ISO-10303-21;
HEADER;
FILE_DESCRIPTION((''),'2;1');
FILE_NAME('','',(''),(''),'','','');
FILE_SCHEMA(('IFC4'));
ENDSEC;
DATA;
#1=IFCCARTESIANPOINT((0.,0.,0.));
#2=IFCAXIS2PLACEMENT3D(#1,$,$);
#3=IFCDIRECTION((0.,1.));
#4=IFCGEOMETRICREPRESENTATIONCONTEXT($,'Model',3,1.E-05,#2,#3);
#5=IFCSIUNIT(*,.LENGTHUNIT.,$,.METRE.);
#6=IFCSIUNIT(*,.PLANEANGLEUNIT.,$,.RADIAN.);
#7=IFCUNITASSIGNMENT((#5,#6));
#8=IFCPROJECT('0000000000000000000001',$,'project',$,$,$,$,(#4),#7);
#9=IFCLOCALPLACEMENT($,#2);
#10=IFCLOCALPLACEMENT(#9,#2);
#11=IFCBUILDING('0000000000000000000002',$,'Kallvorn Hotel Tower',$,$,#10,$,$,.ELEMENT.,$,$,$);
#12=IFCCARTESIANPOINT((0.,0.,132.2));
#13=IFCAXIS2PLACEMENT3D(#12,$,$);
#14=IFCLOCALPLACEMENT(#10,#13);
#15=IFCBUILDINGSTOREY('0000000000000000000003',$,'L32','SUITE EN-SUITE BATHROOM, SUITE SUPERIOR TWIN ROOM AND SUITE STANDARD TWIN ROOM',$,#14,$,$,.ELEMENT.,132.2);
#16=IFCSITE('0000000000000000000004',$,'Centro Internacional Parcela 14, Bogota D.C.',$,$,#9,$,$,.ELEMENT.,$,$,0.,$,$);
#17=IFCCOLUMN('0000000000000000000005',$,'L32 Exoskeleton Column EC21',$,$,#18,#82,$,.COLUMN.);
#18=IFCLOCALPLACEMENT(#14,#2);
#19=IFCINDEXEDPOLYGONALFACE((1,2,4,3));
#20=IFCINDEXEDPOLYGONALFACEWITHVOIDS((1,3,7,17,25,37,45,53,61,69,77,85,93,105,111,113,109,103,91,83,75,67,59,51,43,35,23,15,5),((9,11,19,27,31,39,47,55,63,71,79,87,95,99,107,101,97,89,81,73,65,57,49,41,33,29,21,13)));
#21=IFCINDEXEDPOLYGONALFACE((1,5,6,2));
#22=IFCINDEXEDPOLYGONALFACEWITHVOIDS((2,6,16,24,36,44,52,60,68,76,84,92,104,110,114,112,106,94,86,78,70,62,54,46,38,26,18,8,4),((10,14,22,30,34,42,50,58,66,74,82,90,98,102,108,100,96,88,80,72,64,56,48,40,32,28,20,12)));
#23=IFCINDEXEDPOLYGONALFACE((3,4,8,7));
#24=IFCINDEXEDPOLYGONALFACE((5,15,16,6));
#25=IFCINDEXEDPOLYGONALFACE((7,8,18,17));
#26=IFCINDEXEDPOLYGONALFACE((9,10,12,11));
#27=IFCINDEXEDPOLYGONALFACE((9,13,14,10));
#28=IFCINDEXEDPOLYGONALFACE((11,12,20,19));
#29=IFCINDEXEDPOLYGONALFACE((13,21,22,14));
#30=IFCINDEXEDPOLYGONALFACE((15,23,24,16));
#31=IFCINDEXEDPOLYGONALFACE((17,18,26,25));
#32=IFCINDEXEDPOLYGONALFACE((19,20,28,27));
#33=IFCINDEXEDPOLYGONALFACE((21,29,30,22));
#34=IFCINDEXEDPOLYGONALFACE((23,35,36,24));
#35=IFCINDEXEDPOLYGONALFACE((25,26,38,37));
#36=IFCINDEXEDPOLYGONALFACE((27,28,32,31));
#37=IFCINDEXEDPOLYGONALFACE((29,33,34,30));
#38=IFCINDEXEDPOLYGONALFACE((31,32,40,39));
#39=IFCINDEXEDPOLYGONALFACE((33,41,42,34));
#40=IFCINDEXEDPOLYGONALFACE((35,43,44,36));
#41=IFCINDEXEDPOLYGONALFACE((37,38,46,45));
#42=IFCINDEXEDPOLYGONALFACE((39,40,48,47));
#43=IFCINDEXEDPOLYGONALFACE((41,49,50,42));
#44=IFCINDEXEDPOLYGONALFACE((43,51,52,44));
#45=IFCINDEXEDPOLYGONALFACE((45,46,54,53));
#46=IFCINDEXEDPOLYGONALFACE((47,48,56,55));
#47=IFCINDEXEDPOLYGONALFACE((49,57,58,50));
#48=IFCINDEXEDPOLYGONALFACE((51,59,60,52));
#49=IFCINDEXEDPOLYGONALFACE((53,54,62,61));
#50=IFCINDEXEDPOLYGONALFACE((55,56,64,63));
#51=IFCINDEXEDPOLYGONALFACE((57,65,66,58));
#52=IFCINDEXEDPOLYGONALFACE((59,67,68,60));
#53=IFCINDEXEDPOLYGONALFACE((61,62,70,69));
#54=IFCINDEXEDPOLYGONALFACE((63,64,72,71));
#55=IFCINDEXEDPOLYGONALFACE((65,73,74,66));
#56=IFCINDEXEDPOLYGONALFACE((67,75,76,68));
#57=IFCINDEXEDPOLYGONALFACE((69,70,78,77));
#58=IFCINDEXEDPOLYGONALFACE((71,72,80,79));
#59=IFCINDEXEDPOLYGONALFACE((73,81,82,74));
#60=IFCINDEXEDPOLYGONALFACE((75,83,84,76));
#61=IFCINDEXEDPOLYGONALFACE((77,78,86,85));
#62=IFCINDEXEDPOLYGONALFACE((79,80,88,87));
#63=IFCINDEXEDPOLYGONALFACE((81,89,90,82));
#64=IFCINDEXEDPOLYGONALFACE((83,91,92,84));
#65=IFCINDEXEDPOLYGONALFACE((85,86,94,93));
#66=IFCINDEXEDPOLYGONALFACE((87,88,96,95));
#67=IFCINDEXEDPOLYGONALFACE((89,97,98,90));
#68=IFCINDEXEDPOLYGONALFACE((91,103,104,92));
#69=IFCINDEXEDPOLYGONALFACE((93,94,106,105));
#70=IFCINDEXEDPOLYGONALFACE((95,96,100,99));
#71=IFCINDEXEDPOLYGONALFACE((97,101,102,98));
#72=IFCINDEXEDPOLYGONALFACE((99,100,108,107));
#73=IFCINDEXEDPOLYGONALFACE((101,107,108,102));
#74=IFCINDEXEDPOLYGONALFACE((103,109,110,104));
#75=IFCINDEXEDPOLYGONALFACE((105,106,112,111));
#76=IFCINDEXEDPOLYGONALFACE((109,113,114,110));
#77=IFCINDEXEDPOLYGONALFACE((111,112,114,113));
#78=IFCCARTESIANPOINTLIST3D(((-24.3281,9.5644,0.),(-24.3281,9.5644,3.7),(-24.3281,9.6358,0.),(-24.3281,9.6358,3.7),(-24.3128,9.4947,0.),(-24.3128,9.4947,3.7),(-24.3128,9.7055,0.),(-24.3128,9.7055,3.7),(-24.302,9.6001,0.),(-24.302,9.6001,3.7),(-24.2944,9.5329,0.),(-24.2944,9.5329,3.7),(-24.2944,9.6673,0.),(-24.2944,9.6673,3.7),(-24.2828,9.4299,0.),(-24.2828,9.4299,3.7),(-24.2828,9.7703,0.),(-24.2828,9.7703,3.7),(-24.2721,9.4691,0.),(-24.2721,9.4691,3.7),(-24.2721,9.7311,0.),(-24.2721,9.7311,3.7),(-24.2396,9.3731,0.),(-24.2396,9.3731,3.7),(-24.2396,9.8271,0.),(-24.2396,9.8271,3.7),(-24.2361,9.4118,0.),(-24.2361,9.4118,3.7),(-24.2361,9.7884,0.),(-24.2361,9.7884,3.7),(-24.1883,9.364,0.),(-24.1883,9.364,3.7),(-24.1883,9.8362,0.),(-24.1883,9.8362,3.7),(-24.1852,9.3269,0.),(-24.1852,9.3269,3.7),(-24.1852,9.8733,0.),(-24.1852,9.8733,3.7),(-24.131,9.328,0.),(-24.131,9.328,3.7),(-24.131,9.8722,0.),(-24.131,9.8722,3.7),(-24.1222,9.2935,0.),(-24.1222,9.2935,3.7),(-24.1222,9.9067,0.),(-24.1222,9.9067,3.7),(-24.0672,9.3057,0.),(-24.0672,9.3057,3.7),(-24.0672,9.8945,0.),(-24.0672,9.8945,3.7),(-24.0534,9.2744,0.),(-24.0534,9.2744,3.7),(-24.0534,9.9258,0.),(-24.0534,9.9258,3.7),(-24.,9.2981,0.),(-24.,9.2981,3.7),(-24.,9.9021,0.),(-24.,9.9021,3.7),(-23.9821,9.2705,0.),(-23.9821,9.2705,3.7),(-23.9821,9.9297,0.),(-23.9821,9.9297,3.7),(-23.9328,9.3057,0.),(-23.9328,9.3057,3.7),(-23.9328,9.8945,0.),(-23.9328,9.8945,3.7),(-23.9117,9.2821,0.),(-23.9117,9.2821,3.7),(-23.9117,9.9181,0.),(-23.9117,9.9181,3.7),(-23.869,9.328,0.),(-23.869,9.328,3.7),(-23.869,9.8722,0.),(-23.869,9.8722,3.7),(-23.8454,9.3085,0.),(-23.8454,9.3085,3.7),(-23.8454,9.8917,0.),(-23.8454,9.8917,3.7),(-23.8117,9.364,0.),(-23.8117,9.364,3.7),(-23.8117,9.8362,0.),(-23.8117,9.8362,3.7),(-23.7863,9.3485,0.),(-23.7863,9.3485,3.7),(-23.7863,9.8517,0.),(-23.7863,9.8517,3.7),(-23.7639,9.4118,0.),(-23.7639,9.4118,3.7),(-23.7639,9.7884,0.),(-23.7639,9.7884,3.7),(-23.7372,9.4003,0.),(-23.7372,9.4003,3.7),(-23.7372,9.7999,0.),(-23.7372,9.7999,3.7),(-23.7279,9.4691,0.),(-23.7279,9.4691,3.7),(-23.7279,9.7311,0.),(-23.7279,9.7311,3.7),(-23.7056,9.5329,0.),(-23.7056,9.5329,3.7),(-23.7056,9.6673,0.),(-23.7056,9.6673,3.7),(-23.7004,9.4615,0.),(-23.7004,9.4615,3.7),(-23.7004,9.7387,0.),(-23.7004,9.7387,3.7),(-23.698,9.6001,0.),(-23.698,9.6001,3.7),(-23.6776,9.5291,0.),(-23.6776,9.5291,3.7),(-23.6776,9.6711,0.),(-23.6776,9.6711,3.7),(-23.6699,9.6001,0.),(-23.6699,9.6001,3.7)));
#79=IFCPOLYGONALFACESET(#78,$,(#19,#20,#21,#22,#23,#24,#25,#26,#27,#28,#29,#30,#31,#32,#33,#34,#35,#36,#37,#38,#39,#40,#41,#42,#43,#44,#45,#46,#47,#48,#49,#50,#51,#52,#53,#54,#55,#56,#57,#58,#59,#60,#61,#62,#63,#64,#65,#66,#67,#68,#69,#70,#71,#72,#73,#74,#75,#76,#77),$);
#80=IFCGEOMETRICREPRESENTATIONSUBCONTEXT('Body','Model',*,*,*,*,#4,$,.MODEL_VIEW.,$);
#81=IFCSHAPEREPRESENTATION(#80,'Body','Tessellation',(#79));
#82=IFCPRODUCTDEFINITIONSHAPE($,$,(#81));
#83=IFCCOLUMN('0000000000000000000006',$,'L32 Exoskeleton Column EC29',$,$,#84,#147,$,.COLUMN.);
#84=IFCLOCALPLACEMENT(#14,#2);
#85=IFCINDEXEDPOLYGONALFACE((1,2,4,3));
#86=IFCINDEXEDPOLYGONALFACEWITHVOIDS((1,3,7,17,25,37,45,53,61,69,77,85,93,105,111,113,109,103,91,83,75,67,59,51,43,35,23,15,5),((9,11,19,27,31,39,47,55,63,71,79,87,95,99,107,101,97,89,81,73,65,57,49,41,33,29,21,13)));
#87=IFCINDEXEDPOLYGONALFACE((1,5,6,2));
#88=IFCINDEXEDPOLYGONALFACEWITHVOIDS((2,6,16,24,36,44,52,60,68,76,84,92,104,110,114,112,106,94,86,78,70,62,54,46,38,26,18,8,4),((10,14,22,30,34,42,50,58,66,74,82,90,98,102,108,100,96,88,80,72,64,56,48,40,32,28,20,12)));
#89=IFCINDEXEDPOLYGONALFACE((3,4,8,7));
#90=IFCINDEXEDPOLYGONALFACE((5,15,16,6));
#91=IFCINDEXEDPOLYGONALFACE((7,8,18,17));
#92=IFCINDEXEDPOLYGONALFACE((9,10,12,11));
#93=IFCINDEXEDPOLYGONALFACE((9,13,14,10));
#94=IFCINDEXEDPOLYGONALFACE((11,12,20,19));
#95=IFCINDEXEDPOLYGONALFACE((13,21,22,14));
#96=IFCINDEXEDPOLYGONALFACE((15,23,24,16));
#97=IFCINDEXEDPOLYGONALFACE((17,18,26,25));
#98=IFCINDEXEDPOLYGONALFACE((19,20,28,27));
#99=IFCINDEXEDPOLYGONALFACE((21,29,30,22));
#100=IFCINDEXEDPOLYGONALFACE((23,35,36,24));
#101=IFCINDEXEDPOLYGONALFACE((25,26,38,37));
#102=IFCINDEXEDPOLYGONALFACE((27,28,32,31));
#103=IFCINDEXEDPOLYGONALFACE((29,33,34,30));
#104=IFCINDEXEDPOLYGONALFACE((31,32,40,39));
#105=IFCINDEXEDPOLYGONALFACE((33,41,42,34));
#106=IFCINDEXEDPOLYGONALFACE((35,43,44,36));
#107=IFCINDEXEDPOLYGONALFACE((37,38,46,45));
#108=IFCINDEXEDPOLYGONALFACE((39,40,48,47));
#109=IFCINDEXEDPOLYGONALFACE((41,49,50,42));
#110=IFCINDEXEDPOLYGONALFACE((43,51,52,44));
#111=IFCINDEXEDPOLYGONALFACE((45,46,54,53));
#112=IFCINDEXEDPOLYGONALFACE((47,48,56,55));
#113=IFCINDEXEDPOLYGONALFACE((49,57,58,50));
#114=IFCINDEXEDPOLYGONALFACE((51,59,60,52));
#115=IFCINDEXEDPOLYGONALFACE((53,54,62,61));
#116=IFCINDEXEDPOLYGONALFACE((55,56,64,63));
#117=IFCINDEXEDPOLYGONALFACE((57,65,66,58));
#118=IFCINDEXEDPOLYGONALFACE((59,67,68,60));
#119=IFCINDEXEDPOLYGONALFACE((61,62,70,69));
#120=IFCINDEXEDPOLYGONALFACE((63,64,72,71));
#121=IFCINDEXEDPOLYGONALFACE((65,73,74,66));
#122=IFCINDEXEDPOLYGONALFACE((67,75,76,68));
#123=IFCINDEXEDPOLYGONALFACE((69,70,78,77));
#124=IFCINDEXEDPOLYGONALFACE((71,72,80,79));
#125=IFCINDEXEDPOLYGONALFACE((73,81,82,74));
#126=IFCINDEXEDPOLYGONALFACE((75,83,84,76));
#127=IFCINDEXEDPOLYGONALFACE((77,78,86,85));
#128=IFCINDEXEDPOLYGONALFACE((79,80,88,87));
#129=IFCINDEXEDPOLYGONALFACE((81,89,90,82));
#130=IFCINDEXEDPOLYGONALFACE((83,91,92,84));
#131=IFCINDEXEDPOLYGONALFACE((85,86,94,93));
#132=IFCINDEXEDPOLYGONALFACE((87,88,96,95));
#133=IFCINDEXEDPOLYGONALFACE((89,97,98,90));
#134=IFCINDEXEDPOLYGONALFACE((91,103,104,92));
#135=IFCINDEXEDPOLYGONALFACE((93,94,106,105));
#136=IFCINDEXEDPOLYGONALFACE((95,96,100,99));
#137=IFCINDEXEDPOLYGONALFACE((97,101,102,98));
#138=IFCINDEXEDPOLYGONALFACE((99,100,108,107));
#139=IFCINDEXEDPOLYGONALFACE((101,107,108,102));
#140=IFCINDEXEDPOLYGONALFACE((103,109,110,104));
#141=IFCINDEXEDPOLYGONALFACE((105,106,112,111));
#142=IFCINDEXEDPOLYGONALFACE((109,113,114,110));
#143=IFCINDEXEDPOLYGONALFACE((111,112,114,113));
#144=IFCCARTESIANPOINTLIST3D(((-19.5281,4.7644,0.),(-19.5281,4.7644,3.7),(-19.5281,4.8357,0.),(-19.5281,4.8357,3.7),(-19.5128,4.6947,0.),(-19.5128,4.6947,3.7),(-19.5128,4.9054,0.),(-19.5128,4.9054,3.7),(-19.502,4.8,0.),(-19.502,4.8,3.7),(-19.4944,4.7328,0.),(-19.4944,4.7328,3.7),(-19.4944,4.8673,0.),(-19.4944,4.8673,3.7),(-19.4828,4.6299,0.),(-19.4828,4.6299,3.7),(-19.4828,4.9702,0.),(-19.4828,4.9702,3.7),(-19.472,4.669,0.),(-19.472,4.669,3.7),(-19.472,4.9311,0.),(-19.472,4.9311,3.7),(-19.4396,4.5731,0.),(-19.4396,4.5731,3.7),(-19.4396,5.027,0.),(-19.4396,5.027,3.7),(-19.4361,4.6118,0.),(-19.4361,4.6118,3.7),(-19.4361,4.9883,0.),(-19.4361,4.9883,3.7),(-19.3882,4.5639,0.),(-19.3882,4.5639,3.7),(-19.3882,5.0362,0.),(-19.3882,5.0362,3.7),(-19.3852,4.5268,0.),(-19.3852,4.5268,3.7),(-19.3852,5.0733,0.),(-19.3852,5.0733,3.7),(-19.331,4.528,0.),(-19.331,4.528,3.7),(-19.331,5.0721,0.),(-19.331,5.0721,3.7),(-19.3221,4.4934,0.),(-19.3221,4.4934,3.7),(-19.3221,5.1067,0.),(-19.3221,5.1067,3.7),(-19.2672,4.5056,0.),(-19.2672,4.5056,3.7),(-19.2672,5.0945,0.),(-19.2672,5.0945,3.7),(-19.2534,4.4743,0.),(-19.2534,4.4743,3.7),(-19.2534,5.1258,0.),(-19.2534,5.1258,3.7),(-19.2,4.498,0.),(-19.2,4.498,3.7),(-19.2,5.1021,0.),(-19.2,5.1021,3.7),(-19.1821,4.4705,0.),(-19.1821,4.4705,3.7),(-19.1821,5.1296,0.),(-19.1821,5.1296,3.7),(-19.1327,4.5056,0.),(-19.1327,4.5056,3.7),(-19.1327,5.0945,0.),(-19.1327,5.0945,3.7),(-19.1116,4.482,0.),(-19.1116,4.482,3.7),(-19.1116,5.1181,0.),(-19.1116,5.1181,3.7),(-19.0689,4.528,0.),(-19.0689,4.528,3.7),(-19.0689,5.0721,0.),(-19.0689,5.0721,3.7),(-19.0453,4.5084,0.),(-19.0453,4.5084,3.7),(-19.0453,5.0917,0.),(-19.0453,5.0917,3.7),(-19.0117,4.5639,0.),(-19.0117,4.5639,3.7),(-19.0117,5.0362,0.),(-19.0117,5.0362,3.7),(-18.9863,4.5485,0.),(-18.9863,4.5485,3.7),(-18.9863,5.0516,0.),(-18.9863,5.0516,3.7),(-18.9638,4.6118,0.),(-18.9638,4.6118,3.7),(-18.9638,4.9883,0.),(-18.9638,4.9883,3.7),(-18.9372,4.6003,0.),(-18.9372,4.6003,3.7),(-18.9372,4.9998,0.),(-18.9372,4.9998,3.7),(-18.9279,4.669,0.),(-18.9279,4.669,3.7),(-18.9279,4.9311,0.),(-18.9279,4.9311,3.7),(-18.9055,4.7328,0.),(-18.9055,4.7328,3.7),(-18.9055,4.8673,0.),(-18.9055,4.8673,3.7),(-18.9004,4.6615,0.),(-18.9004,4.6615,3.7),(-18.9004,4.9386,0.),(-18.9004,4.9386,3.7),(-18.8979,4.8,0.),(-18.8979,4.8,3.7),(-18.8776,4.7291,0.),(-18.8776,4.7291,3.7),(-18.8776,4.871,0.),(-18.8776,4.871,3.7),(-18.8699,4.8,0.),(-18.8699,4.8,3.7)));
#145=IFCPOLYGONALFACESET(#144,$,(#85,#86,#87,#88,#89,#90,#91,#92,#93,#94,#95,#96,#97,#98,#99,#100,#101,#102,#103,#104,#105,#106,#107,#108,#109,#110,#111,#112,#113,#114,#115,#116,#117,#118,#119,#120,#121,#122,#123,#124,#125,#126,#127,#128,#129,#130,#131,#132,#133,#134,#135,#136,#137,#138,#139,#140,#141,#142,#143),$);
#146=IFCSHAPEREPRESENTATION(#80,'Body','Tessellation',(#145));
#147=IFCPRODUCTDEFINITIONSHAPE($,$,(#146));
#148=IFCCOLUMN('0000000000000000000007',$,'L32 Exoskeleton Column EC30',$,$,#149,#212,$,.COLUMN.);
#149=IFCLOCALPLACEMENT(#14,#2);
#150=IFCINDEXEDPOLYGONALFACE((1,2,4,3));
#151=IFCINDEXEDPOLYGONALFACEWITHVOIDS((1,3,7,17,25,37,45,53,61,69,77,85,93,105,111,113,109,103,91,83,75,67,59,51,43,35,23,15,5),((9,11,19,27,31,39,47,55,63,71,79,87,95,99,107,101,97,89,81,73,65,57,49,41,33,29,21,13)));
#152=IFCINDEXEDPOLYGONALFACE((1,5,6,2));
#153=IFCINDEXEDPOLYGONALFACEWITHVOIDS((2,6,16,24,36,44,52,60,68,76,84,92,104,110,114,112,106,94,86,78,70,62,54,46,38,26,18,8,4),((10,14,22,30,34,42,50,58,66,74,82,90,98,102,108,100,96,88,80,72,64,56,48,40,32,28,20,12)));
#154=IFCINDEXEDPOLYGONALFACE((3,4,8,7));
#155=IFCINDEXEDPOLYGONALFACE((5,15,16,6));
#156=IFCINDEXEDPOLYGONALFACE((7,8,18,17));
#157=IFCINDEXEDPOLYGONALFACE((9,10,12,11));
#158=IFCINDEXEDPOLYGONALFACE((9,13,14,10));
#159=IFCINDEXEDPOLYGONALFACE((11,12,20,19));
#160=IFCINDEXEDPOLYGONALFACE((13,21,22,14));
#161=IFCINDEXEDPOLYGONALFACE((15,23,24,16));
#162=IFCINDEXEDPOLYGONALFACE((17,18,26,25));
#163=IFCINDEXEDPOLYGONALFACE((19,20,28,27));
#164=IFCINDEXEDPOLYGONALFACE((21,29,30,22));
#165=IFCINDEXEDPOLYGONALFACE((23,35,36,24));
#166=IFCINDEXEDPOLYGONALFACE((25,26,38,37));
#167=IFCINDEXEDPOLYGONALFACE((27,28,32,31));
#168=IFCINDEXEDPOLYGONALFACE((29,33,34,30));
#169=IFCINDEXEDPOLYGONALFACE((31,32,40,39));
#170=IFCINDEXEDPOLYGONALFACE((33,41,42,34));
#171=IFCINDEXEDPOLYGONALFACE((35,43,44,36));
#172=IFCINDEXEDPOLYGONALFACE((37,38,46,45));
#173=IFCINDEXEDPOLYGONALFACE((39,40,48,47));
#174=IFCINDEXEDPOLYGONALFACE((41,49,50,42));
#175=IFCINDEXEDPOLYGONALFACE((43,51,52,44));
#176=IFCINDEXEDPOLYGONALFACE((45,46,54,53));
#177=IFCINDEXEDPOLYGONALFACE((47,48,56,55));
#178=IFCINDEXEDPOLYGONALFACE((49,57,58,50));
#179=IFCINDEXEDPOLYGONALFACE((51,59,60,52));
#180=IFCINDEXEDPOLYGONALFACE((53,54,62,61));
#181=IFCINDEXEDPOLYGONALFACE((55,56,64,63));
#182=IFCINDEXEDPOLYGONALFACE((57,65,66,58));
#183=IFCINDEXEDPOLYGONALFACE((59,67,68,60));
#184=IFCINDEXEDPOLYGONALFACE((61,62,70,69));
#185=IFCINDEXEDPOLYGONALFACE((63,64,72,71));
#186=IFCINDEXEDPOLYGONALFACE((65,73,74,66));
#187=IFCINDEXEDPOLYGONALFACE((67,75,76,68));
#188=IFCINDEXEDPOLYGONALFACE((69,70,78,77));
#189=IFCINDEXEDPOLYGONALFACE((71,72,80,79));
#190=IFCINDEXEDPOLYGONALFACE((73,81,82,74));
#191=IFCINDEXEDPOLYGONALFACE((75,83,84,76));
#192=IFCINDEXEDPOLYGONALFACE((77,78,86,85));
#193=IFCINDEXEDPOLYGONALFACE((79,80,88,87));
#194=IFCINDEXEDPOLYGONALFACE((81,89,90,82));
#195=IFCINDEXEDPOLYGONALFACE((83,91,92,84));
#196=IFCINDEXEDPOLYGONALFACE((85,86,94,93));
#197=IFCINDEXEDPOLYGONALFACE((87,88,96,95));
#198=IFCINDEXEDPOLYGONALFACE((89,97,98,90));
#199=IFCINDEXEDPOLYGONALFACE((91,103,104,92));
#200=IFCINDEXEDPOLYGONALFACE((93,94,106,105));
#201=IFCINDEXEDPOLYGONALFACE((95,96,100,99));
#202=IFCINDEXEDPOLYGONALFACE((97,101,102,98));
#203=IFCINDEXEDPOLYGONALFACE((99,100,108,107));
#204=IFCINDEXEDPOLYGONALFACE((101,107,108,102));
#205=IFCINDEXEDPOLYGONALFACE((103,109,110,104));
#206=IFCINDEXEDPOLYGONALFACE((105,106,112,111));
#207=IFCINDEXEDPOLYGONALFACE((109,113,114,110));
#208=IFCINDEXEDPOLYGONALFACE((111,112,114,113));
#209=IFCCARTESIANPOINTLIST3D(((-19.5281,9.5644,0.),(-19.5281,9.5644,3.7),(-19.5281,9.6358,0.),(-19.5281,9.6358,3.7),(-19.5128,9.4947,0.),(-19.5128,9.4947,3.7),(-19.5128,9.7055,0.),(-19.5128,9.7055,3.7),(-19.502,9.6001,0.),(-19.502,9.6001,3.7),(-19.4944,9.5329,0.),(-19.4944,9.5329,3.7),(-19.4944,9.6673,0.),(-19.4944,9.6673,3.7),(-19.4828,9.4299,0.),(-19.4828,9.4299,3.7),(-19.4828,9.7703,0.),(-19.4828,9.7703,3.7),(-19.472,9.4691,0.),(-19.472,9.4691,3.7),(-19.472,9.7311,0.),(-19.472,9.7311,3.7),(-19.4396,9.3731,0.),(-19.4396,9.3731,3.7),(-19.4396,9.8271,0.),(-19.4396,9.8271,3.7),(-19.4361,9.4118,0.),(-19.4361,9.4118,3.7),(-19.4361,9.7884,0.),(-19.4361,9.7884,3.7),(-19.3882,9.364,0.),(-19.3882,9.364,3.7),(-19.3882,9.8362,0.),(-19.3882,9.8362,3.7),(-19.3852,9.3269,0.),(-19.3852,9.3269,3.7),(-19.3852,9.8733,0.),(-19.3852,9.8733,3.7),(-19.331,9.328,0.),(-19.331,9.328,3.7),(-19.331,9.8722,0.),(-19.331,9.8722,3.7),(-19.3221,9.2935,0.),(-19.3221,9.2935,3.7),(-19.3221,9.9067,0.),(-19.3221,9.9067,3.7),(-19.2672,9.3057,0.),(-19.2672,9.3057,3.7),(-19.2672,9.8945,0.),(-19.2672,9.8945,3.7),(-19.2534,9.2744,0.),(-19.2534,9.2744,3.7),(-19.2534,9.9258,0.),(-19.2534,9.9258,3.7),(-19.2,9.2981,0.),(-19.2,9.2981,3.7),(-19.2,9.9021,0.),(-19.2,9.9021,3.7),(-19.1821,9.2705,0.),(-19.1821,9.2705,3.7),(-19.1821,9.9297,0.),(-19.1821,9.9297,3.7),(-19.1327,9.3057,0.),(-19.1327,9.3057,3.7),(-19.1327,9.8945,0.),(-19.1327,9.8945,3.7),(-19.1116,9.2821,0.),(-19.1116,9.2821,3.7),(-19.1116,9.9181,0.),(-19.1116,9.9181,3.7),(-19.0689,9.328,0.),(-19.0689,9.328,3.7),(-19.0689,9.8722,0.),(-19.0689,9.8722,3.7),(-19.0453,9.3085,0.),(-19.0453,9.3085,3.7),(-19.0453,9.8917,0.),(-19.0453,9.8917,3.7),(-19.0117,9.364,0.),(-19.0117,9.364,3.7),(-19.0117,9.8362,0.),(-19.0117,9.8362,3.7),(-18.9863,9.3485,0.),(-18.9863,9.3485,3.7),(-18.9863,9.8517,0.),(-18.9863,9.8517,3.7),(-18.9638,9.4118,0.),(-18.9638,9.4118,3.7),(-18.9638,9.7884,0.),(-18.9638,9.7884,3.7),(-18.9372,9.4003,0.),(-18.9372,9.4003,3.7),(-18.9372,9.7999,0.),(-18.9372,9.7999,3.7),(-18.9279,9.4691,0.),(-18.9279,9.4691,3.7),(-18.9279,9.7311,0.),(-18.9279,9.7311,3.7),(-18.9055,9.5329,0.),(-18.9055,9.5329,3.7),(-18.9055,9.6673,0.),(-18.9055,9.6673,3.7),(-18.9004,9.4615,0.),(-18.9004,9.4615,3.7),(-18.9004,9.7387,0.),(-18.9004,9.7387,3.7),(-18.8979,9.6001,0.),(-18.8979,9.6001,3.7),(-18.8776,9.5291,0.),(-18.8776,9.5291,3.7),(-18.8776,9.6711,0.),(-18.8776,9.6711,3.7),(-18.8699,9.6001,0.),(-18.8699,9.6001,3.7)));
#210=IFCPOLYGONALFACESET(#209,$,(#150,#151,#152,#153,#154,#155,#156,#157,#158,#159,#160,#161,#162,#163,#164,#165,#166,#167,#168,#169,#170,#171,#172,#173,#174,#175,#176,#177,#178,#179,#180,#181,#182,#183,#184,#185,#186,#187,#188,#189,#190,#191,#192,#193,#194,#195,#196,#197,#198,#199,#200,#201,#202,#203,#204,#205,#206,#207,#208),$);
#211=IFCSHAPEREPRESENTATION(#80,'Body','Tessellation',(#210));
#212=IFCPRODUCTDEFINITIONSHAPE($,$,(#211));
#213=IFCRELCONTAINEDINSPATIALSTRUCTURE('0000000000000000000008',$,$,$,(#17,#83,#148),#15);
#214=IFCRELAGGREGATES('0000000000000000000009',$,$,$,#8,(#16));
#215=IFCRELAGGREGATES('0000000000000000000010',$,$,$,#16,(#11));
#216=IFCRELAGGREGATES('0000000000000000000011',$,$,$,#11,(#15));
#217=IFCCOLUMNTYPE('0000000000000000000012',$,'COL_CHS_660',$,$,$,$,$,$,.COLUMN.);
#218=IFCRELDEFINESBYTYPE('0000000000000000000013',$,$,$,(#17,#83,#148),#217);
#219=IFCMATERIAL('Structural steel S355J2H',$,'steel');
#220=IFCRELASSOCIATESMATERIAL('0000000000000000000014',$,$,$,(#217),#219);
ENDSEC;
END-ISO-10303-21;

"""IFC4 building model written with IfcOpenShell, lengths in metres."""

from ifc_helpers import new_model, si_unit, direction, frame, origin, origin_2d, place, context, subcontext, project, spatial, hollow_circle, extrude, material, material_profile, profile_set, type_object, element, save


model = new_model("IFC4")

# Units and contexts
model_context = context("Model", 3, precision=1e-05, world=origin(), true_north=direction((0.0, 1.0)))
body_context = subcontext(model_context, "Body", "Model", "MODEL_VIEW")
ifc_project = project(units=[si_unit("LENGTHUNIT", "METRE"), si_unit("PLANEANGLEUNIT", "RADIAN")], contexts=[model_context])

# Site, building, storey
site_placement = place(None, origin())
site = spatial("IfcSite", under=ifc_project, at=site_placement, Name="Centro Internacional Parcela 14, Bogota D.C.", CompositionType="ELEMENT", RefElevation=0.0)
building_placement = place(site_placement, origin())
building = spatial("IfcBuilding", under=site, at=building_placement, Name="Kallvorn Hotel Tower", CompositionType="ELEMENT")
storey_placement = place(building_placement, frame((0.0, 0.0, 132.2)))
storey = spatial("IfcBuildingStorey", under=building, at=storey_placement, Name="L32", Description="SUITE EN-SUITE BATHROOM, SUITE SUPERIOR TWIN ROOM AND SUITE STANDARD TWIN ROOM", CompositionType="ELEMENT", Elevation=132.2)

# Columns
ifc_material_1 = material(Name="Structural steel S355J2H", Category="steel")
ifc_material_profile_1 = material_profile(ifc_material_1, hollow_circle(Radius=0.3301, WallThickness=0.0281, at=origin_2d()), Name="CHS 660x28")
ifc_profile_set_1 = profile_set([ifc_material_profile_1], Name="Structural steel S355J2H")
column_type_1 = type_object("IfcColumnType", Name="COL_CHS_660", PredefinedType="COLUMN", material=ifc_profile_set_1)
for number, where, z_axis, x_axis, name in (
    (1, (-24.0, 9.6001, 0.0), (0.0, 0.0, 1.0), (1.0, 0.0, 0.0), "L32 Exoskeleton Column EC21"),
    (2, (-19.2, 4.8, 0.0), (0.0, 0.0, 1.0), (1.0, 0.0, 0.0), "L32 Exoskeleton Column EC29"),
    (3, (-19.2, 9.6001, 0.0), (0.0, 0.0, 1.0), (1.0, 0.0, 0.0), "L32 Exoskeleton Column EC30"),
):
    element("IfcColumn", number, at=place(storey_placement, frame(where, z_axis=z_axis, x_axis=x_axis)), inside=storey, type_object=column_type_1, Name=name, PredefinedType="COLUMN", context=body_context, shape_type="SweptSolid", body=[
        extrude(hollow_circle(Radius=0.3301, WallThickness=0.0281, at=origin_2d()), origin(), (0.0, 0.0, 1.0), 3.7),
    ])

save(model, "model.ifc")
